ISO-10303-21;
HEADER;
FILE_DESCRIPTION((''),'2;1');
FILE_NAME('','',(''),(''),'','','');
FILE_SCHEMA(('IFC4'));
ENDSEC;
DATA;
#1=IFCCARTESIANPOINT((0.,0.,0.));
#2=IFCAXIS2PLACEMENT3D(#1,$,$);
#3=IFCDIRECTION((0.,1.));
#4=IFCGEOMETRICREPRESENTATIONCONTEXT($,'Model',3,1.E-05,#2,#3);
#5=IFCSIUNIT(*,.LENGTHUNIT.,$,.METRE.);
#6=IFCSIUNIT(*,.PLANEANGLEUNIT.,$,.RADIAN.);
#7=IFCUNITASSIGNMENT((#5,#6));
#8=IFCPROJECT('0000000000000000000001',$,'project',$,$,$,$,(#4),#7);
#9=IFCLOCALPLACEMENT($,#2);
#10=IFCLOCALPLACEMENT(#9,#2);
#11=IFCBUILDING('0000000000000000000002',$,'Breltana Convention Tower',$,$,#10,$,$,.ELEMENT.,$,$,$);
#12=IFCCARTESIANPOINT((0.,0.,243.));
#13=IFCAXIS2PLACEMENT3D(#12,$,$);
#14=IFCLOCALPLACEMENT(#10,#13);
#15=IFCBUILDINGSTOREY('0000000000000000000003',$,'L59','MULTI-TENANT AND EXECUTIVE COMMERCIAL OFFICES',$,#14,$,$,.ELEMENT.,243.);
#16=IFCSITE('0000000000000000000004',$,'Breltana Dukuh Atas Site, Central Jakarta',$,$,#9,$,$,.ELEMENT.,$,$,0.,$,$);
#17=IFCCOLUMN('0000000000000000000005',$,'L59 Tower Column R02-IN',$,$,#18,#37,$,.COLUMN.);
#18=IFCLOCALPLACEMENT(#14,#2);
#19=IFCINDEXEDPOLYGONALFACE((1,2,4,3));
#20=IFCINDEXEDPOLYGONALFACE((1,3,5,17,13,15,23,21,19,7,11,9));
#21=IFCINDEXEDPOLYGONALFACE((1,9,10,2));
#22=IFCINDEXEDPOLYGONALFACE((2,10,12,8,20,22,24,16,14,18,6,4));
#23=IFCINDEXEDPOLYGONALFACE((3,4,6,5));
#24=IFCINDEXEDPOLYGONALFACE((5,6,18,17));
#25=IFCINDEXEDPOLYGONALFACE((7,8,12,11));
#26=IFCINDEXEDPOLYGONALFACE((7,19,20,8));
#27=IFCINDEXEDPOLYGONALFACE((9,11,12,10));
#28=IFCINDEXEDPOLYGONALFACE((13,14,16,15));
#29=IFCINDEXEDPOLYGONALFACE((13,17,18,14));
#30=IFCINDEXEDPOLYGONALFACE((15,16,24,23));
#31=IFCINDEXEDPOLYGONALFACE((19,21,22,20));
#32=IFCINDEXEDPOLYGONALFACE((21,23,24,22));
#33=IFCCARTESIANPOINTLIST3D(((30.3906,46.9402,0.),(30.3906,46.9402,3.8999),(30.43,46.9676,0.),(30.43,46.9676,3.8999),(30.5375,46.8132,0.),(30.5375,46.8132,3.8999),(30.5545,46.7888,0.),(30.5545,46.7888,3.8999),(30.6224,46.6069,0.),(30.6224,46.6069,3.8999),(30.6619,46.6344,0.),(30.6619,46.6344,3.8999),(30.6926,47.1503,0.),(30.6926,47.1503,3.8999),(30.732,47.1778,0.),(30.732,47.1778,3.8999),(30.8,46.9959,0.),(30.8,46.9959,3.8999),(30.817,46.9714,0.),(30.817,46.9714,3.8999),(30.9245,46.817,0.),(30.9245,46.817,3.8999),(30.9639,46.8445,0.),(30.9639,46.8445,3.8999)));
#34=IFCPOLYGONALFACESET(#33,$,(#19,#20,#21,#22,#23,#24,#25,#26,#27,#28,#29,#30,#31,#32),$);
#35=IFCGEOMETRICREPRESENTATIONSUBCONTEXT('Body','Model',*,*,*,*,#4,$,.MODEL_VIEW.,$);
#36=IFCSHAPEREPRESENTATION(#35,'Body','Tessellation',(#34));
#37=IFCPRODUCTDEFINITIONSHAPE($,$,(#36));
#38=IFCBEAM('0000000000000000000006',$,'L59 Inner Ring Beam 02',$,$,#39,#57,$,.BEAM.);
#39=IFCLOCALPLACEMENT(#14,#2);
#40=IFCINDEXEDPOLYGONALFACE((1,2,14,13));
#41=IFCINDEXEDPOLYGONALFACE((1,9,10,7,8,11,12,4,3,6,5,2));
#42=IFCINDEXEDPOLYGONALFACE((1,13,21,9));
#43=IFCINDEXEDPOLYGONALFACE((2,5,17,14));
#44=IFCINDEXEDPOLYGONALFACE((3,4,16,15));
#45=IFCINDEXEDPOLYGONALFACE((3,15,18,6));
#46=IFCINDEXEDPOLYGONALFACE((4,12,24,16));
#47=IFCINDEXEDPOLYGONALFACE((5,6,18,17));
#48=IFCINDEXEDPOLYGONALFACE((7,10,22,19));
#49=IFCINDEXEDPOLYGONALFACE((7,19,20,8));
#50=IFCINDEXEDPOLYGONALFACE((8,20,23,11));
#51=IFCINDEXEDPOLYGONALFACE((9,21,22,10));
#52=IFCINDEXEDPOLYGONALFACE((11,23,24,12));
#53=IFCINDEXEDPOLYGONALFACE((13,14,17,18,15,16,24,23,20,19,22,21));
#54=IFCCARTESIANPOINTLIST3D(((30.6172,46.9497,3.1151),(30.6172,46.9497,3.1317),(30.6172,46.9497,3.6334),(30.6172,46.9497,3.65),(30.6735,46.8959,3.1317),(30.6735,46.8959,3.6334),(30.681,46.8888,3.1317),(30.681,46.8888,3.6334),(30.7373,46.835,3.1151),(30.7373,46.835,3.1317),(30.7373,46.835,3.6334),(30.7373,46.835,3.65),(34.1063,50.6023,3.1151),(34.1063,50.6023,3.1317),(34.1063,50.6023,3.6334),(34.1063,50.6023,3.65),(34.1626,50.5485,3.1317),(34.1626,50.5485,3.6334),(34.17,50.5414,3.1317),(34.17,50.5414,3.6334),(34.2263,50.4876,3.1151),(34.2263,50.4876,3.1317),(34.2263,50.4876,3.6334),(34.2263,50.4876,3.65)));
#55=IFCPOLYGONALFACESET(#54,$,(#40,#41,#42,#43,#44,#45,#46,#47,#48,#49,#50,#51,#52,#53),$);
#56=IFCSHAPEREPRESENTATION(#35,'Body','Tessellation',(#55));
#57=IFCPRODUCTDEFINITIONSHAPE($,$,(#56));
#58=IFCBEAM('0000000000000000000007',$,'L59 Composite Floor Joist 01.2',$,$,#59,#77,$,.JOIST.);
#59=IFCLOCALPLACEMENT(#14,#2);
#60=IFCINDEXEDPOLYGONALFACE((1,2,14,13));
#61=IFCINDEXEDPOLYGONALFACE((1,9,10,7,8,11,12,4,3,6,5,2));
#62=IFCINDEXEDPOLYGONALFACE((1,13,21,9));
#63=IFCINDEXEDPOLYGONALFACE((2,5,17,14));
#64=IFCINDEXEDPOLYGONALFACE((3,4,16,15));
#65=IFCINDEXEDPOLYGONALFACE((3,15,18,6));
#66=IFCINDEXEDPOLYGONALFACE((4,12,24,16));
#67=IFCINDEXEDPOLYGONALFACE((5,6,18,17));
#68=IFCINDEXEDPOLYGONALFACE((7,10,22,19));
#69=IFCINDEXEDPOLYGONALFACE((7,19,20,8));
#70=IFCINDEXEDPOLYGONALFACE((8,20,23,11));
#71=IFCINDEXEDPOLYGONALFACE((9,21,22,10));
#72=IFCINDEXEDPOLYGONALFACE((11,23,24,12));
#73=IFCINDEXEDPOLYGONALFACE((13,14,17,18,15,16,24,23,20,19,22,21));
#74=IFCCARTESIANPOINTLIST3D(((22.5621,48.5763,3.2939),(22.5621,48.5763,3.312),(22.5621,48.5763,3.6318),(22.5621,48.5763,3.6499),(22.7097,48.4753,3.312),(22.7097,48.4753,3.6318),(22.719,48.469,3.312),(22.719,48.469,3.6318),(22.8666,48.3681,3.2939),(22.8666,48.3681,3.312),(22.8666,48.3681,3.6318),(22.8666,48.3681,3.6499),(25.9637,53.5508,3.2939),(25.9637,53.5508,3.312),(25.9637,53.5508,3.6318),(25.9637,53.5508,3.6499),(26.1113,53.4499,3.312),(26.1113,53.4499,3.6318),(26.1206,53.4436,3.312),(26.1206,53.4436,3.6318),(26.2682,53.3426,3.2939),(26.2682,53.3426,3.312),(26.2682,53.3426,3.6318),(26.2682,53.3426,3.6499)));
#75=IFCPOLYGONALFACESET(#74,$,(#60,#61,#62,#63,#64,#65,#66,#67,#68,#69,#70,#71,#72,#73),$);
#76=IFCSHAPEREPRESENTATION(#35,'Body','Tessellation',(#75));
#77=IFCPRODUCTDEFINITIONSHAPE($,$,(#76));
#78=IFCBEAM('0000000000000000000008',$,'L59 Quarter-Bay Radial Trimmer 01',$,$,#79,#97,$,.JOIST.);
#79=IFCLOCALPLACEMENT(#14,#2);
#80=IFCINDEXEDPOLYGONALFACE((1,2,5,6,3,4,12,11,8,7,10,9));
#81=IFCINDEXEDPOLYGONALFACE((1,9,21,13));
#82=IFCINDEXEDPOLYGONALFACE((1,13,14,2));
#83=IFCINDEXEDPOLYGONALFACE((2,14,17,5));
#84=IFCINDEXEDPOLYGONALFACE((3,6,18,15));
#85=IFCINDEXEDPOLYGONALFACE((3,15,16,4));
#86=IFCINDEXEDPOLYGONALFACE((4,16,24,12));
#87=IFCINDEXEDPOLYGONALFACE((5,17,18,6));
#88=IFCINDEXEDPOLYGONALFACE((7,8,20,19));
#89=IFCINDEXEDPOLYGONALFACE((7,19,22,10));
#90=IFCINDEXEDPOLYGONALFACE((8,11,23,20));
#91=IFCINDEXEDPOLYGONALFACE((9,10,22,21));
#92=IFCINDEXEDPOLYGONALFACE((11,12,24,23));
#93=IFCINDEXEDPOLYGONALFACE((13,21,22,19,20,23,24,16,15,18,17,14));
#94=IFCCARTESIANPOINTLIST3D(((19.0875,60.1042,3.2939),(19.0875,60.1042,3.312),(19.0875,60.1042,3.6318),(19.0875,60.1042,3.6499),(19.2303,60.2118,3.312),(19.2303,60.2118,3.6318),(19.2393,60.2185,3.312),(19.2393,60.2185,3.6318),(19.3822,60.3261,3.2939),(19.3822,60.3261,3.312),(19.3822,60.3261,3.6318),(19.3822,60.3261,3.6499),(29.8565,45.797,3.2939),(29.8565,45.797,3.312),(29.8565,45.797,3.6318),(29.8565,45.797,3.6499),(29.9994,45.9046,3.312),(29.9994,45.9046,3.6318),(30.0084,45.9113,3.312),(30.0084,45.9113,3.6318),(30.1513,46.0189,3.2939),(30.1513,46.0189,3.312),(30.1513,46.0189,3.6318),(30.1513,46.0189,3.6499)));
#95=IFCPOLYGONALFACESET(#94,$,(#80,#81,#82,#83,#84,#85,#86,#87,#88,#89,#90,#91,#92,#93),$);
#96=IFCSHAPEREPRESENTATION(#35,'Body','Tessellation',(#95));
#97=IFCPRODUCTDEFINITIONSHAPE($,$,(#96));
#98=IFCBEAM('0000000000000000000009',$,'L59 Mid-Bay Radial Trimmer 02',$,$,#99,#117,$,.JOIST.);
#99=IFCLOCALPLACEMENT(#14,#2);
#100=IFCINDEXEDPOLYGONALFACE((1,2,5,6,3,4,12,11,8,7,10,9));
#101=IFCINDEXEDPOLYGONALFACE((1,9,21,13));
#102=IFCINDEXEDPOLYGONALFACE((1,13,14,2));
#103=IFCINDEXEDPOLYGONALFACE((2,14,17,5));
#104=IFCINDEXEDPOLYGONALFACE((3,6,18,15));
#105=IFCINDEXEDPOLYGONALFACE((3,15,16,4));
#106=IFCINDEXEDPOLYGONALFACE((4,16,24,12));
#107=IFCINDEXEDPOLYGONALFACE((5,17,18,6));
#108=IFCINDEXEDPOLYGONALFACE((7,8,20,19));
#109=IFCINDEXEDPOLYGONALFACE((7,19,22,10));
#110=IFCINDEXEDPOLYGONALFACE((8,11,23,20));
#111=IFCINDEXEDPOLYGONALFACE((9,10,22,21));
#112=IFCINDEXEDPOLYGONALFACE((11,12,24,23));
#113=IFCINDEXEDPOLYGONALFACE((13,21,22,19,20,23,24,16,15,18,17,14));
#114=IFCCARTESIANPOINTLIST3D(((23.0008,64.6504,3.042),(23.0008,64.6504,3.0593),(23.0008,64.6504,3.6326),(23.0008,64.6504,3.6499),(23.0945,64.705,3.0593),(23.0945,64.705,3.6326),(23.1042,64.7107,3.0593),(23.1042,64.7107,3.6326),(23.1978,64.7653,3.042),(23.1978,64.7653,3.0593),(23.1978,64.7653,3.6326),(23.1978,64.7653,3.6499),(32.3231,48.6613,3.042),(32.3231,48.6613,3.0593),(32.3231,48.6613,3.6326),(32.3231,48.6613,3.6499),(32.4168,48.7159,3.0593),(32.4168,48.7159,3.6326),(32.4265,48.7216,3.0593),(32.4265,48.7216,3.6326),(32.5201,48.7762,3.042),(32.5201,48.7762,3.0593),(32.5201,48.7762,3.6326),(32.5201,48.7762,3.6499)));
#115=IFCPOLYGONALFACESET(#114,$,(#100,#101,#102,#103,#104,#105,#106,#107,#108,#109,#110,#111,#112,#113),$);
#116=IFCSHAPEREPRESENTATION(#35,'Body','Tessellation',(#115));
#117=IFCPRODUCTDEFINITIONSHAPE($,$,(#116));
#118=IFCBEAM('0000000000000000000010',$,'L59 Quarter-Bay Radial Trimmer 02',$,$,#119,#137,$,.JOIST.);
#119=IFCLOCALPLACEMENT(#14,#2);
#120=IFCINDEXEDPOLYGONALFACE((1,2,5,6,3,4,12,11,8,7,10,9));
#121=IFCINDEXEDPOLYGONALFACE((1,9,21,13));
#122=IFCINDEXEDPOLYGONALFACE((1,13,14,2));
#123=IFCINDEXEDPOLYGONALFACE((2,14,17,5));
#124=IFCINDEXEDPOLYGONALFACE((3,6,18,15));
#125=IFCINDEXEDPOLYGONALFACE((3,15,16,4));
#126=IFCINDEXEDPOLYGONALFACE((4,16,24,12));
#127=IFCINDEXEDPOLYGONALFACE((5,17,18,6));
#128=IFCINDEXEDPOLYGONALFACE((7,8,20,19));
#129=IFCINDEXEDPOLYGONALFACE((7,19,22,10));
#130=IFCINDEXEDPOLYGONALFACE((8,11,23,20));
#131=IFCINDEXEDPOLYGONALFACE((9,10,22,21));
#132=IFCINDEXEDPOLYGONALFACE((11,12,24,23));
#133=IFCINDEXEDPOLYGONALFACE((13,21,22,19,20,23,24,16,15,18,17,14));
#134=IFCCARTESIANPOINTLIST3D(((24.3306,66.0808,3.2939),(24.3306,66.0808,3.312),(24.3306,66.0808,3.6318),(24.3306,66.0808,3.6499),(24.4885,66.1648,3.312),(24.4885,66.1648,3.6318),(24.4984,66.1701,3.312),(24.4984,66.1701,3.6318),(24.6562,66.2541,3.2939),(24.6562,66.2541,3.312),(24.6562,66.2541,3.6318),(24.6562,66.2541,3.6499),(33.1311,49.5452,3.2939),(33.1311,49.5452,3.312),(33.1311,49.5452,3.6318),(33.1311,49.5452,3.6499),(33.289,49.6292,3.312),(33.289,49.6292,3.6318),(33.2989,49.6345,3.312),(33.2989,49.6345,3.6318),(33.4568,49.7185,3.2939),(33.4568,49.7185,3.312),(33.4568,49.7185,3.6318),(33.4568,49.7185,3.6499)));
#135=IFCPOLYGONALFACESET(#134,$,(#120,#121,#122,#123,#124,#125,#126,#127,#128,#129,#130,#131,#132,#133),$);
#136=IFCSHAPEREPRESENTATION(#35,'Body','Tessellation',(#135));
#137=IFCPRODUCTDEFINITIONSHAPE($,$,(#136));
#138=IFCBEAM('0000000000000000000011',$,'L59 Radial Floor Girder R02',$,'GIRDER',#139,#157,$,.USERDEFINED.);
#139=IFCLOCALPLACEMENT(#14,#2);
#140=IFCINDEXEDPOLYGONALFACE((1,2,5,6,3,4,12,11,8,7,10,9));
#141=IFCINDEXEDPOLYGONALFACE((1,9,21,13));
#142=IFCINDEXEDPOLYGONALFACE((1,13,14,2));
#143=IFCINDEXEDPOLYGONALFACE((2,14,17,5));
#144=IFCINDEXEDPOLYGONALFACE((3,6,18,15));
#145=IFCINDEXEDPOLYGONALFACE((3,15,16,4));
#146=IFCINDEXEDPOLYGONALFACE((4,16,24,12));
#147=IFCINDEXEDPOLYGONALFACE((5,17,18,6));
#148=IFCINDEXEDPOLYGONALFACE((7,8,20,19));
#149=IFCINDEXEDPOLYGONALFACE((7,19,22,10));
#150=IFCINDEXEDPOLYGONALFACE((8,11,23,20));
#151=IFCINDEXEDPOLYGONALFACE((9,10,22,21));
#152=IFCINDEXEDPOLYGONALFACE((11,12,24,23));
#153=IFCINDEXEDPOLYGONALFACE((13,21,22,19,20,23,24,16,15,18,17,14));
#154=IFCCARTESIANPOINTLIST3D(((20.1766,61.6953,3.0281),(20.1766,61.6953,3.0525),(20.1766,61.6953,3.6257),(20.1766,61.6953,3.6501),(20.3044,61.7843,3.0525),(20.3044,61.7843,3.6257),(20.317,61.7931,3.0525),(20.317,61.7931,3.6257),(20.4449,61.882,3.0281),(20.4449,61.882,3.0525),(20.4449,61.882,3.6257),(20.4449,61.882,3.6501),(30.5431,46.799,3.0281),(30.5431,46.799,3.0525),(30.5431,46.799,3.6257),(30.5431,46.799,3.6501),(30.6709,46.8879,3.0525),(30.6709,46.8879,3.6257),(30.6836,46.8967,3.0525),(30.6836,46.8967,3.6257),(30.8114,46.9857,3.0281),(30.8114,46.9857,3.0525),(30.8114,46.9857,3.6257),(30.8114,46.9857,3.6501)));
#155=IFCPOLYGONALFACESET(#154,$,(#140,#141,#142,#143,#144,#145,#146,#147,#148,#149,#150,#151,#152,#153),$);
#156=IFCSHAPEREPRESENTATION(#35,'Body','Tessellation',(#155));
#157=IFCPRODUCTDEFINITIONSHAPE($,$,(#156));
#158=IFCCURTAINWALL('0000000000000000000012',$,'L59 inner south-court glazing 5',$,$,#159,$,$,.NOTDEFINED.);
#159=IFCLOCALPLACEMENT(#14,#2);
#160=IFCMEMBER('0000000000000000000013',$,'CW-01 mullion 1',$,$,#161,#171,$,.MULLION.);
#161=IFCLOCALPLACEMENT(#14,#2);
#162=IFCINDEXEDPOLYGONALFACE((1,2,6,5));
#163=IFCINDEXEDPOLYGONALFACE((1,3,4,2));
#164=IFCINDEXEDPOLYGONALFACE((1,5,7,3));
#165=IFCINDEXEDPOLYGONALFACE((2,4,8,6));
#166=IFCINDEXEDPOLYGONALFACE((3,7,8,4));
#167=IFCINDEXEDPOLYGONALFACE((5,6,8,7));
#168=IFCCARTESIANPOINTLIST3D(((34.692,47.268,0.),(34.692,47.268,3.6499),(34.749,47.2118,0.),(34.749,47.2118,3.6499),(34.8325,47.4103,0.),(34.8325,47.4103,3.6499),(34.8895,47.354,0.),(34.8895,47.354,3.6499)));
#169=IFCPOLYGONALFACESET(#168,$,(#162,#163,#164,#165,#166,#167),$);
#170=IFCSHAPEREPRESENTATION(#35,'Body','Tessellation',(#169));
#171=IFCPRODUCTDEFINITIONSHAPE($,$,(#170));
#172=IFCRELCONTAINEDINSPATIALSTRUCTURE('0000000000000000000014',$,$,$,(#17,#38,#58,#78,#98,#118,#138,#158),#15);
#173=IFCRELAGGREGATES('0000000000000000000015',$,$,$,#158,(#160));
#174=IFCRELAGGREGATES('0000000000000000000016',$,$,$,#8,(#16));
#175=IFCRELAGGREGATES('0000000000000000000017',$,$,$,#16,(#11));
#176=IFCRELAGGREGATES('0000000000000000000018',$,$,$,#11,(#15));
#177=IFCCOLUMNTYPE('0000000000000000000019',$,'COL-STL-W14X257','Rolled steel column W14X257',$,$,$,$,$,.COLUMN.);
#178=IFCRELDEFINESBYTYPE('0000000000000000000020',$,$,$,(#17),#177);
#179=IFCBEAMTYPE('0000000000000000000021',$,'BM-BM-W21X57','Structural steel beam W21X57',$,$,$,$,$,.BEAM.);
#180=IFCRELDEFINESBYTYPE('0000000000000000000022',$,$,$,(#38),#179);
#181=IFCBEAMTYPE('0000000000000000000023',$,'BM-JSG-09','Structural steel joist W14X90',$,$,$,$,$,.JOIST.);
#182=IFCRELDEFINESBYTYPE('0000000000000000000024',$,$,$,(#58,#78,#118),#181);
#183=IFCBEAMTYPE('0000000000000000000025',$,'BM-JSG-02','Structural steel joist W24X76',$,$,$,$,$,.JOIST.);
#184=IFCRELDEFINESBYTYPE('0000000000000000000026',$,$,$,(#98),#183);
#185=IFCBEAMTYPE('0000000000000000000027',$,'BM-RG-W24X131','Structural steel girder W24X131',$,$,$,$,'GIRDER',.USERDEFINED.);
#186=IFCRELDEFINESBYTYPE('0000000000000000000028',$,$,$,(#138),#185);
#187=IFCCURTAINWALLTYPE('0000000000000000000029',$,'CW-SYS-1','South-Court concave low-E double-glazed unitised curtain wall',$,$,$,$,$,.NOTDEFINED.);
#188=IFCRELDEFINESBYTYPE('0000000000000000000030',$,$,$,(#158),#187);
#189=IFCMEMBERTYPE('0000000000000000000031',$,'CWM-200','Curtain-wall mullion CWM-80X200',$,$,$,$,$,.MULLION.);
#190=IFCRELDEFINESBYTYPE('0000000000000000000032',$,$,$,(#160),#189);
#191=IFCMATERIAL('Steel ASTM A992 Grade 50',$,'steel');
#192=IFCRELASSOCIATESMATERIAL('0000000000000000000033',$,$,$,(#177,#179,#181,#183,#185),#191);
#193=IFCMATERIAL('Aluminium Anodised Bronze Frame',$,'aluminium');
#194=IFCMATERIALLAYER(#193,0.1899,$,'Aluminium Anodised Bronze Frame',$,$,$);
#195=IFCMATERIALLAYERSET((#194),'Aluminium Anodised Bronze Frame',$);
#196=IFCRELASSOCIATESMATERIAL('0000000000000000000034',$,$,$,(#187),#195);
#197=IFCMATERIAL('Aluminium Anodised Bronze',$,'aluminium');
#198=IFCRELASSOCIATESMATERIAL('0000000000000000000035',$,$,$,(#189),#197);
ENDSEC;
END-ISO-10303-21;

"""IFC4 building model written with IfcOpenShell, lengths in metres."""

from ifc_helpers import new_model, si_unit, direction, frame, origin, origin_2d, place, context, subcontext, project, spatial, rectangle, i_section, extrude, source, transform, mapped, material, layer, layer_set, material_profile, profile_set, type_object, element, aggregate, save


model = new_model("IFC4")

# Units and contexts
model_context = context("Model", 3, precision=1e-05, world=origin(), true_north=direction((0.0, 1.0)))
body_context = subcontext(model_context, "Body", "Model", "MODEL_VIEW")
ifc_project = project(units=[si_unit("LENGTHUNIT", "METRE"), si_unit("PLANEANGLEUNIT", "RADIAN")], contexts=[model_context])

# Site, building, storey
site_placement = place(None, origin())
site = spatial("IfcSite", under=ifc_project, at=site_placement, Name="Breltana Dukuh Atas Site, Central Jakarta", CompositionType="ELEMENT", RefElevation=0.0)
building_placement = place(site_placement, origin())
building = spatial("IfcBuilding", under=site, at=building_placement, Name="Breltana Convention Tower", CompositionType="ELEMENT")
storey_placement = place(building_placement, frame((0.0, 0.0, 243.0)))
storey = spatial("IfcBuildingStorey", under=building, at=storey_placement, Name="L59", Description="MULTI-TENANT AND EXECUTIVE COMMERCIAL OFFICES", CompositionType="ELEMENT", Elevation=243.0)

# Column
ifc_material_1 = material(Name="Steel ASTM A992 Grade 50", Category="steel")
ifc_material_profile_1 = material_profile(ifc_material_1, i_section(OverallWidth=0.406, OverallDepth=0.416, WebThickness=0.0298, FlangeThickness=0.0481, at=origin_2d()), Name="W14X257")
ifc_profile_set_1 = profile_set([ifc_material_profile_1], Name="Steel ASTM A992 Grade 50")
column_type = type_object("IfcColumnType", Name="COL-STL-W14X257", Description="Rolled steel column W14X257", PredefinedType="COLUMN", material=ifc_profile_set_1)
shared_shape_1 = source(origin(), body_context, "Body", "SweptSolid", [
    extrude(i_section(OverallWidth=0.406, OverallDepth=0.416, WebThickness=0.0298, FlangeThickness=0.0481, at=origin_2d()), origin(), (0.0, 0.0, 1.0), 3.8999),
])
column_placement = place(storey_placement, frame((30.6772, 46.8923, 0.0), z_axis=(0.0, 0.0, 1.0), x_axis=(-0.571143, 0.82085, 0.0)))
element("IfcColumn", 1, at=column_placement, inside=storey, type_object=column_type, Name="L59 Tower Column R02-IN", PredefinedType="COLUMN", context=body_context, shape_type="MappedRepresentation", body=[
    mapped(shared_shape_1, transform((0.0, 0.0, 0.0), scale=1.0)),
])

# Beams
ifc_material_profile_2 = material_profile(ifc_material_1, i_section(OverallWidth=0.166, OverallDepth=0.5349, WebThickness=0.0103, FlangeThickness=0.0166, at=origin_2d()), Name="W21X57")
ifc_profile_set_2 = profile_set([ifc_material_profile_2], Name="Steel ASTM A992 Grade 50")
beam_type_1 = type_object("IfcBeamType", Name="BM-BM-W21X57", Description="Structural steel beam W21X57", PredefinedType="BEAM", material=ifc_profile_set_2)
shared_shape_2 = source(origin(), body_context, "Body", "SweptSolid", [
    extrude(i_section(OverallWidth=0.166, OverallDepth=0.5349, WebThickness=0.0103, FlangeThickness=0.0166, at=origin_2d()), origin(), (0.0, 0.0, 1.0), 5.0513),
])
beam_1_placement = place(storey_placement, frame((30.6772, 46.8923, 3.3826), z_axis=(0.69073, 0.723113, 0.0), x_axis=(-0.723113, 0.69073, 0.0)))
element("IfcBeam", 2, at=beam_1_placement, inside=storey, type_object=beam_type_1, Name="L59 Inner Ring Beam 02", PredefinedType="BEAM", context=body_context, shape_type="MappedRepresentation", body=[
    mapped(shared_shape_2, transform((0.0, 0.0, 0.0), scale=1.0)),
])
ifc_material_profile_3 = material_profile(ifc_material_1, i_section(OverallWidth=0.3689, OverallDepth=0.356, WebThickness=0.0112, FlangeThickness=0.0181, at=origin_2d()), Name="W14X90")
ifc_profile_set_3 = profile_set([ifc_material_profile_3], Name="Steel ASTM A992 Grade 50")
beam_type_2 = type_object("IfcBeamType", Name="BM-JSG-09", Description="Structural steel joist W14X90", PredefinedType="JOIST", material=ifc_profile_set_3)
shared_shape_3 = source(origin(), body_context, "Body", "SweptSolid", [
    extrude(i_section(OverallWidth=0.3689, OverallDepth=0.356, WebThickness=0.0112, FlangeThickness=0.0181, at=origin_2d()), origin(), (0.0, 0.0, 1.0), 6.0264),
])
beam_2_placement = place(storey_placement, frame((22.7144, 48.4722, 3.4719), z_axis=(0.56445, 0.825467, 0.0), x_axis=(-0.825467, 0.56445, 0.0)))
element("IfcBeam", 3, at=beam_2_placement, inside=storey, type_object=beam_type_2, Name="L59 Composite Floor Joist 01.2", PredefinedType="JOIST", context=body_context, shape_type="MappedRepresentation", body=[
    mapped(shared_shape_3, transform((0.0, 0.0, 0.0), scale=1.0)),
])
shared_shape_4 = source(origin(), body_context, "Body", "SweptSolid", [
    extrude(i_section(OverallWidth=0.3689, OverallDepth=0.356, WebThickness=0.0112, FlangeThickness=0.0181, at=origin_2d()), origin(), (0.0, 0.0, 1.0), 17.9072),
])
beam_3_placement = place(storey_placement, frame((30.0039, 45.908, 3.4719), z_axis=(-0.601382, 0.798962, 0.0), x_axis=(-0.798962, -0.601382, 0.0)))
element("IfcBeam", 4, at=beam_3_placement, inside=storey, type_object=beam_type_2, Name="L59 Quarter-Bay Radial Trimmer 01", PredefinedType="JOIST", context=body_context, shape_type="MappedRepresentation", body=[
    mapped(shared_shape_4, transform((0.0, 0.0, 0.0), scale=1.0)),
])
ifc_material_profile_4 = material_profile(ifc_material_1, i_section(OverallWidth=0.228, OverallDepth=0.6079, WebThickness=0.0112, FlangeThickness=0.0173, at=origin_2d()), Name="W24X76")
ifc_profile_set_4 = profile_set([ifc_material_profile_4], Name="Steel ASTM A992 Grade 50")
beam_type_3 = type_object("IfcBeamType", Name="BM-JSG-02", Description="Structural steel joist W24X76", PredefinedType="JOIST", material=ifc_profile_set_4)
shared_shape_5 = source(origin(), body_context, "Body", "SweptSolid", [
    extrude(i_section(OverallWidth=0.228, OverallDepth=0.6079, WebThickness=0.0112, FlangeThickness=0.0173, at=origin_2d()), origin(), (0.0, 0.0, 1.0), 18.5083),
])
beam_4_placement = place(storey_placement, frame((32.4216, 48.7188, 3.3459), z_axis=(-0.503683, 0.863888, 0.0), x_axis=(-0.863888, -0.503683, 0.0)))
element("IfcBeam", 5, at=beam_4_placement, inside=storey, type_object=beam_type_3, Name="L59 Mid-Bay Radial Trimmer 02", PredefinedType="JOIST", context=body_context, shape_type="MappedRepresentation", body=[
    mapped(shared_shape_5, transform((0.0, 0.0, 0.0), scale=1.0)),
])
shared_shape_6 = source(origin(), body_context, "Body", "SweptSolid", [
    extrude(i_section(OverallWidth=0.3689, OverallDepth=0.356, WebThickness=0.0112, FlangeThickness=0.0181, at=origin_2d()), origin(), (0.0, 0.0, 1.0), 18.7317),
])
beam_5_placement = place(storey_placement, frame((33.2939, 49.6318, 3.4719), z_axis=(-0.46982, 0.882762, 0.0), x_axis=(-0.882762, -0.46982, 0.0)))
element("IfcBeam", 6, at=beam_5_placement, inside=storey, type_object=beam_type_2, Name="L59 Quarter-Bay Radial Trimmer 02", PredefinedType="JOIST", context=body_context, shape_type="MappedRepresentation", body=[
    mapped(shared_shape_6, transform((0.0, 0.0, 0.0), scale=1.0)),
])
ifc_material_profile_5 = material_profile(ifc_material_1, i_section(OverallWidth=0.3269, OverallDepth=0.6221, WebThickness=0.0154, FlangeThickness=0.0244, at=origin_2d()), Name="W24X131")
ifc_profile_set_5 = profile_set([ifc_material_profile_5], Name="Steel ASTM A992 Grade 50")
beam_type_4 = type_object("IfcBeamType", Name="BM-RG-W24X131", Description="Structural steel girder W24X131", ElementType="GIRDER", PredefinedType="USERDEFINED", material=ifc_profile_set_5)
shared_shape_7 = source(origin(), body_context, "Body", "SweptSolid", [
    extrude(i_section(OverallWidth=0.3269, OverallDepth=0.6221, WebThickness=0.0154, FlangeThickness=0.0244, at=origin_2d()), origin(), (0.0, 0.0, 1.0), 18.1484),
])
beam_6_placement = place(storey_placement, frame((30.6772, 46.8923, 3.3391), z_axis=(-0.571208, 0.820806, 0.0), x_axis=(-0.820806, -0.571208, 0.0)))
element("IfcBeam", 7, at=beam_6_placement, inside=storey, type_object=beam_type_4, Name="L59 Radial Floor Girder R02", ObjectType="GIRDER", PredefinedType="USERDEFINED", context=body_context, shape_type="MappedRepresentation", body=[
    mapped(shared_shape_7, transform((0.0, 0.0, 0.0), scale=1.0)),
])

# Curtain wall, member
ifc_material_2 = material(Name="Aluminium Anodised Bronze Frame", Category="aluminium")
ifc_layer_1 = layer(ifc_material_2, 0.1899, Name="Aluminium Anodised Bronze Frame")
ifc_layer_set_1 = layer_set([ifc_layer_1], Name="Aluminium Anodised Bronze Frame")
curtain_wall_type = type_object("IfcCurtainWallType", Name="CW-SYS-1", Description="South-Court concave low-E double-glazed unitised curtain wall", PredefinedType="NOTDEFINED", material=ifc_layer_set_1)
curtain_wall_placement = place(storey_placement, origin())
curtain_wall = element("IfcCurtainWall", 8, at=curtain_wall_placement, inside=storey, type_object=curtain_wall_type, Name="L59 inner south-court glazing 5", PredefinedType="NOTDEFINED")
ifc_material_3 = material(Name="Aluminium Anodised Bronze", Category="aluminium")
ifc_material_profile_6 = material_profile(ifc_material_3, rectangle(XDim=0.0801, YDim=0.2, at=origin_2d()), Name="CWM-80X200")
ifc_profile_set_6 = profile_set([ifc_material_profile_6], Name="Aluminium Anodised Bronze")
member_type_1 = type_object("IfcMemberType", Name="CWM-200", Description="Curtain-wall mullion CWM-80X200", PredefinedType="MULLION", material=ifc_profile_set_6)
shared_shape_8 = source(origin(), body_context, "Body", "SweptSolid", [
    extrude(rectangle(XDim=0.0801, YDim=0.2, at=origin_2d()), origin(), (0.0, 0.0, 1.0), 3.6499),
])
member_1_placement = place(storey_placement, frame((34.7908, 47.311, 0.0), z_axis=(0.0, 0.0, 1.0), x_axis=(0.711501, -0.702685, 0.0)))
member_1 = element("IfcMember", 9, at=member_1_placement, type_object=member_type_1, Name="CW-01 mullion 1", PredefinedType="MULLION", context=body_context, shape_type="MappedRepresentation", body=[
    mapped(shared_shape_8, transform((0.0, 0.0, 0.0), scale=1.0)),
])
aggregate(curtain_wall, [member_1])

save(model, "model.ifc")
